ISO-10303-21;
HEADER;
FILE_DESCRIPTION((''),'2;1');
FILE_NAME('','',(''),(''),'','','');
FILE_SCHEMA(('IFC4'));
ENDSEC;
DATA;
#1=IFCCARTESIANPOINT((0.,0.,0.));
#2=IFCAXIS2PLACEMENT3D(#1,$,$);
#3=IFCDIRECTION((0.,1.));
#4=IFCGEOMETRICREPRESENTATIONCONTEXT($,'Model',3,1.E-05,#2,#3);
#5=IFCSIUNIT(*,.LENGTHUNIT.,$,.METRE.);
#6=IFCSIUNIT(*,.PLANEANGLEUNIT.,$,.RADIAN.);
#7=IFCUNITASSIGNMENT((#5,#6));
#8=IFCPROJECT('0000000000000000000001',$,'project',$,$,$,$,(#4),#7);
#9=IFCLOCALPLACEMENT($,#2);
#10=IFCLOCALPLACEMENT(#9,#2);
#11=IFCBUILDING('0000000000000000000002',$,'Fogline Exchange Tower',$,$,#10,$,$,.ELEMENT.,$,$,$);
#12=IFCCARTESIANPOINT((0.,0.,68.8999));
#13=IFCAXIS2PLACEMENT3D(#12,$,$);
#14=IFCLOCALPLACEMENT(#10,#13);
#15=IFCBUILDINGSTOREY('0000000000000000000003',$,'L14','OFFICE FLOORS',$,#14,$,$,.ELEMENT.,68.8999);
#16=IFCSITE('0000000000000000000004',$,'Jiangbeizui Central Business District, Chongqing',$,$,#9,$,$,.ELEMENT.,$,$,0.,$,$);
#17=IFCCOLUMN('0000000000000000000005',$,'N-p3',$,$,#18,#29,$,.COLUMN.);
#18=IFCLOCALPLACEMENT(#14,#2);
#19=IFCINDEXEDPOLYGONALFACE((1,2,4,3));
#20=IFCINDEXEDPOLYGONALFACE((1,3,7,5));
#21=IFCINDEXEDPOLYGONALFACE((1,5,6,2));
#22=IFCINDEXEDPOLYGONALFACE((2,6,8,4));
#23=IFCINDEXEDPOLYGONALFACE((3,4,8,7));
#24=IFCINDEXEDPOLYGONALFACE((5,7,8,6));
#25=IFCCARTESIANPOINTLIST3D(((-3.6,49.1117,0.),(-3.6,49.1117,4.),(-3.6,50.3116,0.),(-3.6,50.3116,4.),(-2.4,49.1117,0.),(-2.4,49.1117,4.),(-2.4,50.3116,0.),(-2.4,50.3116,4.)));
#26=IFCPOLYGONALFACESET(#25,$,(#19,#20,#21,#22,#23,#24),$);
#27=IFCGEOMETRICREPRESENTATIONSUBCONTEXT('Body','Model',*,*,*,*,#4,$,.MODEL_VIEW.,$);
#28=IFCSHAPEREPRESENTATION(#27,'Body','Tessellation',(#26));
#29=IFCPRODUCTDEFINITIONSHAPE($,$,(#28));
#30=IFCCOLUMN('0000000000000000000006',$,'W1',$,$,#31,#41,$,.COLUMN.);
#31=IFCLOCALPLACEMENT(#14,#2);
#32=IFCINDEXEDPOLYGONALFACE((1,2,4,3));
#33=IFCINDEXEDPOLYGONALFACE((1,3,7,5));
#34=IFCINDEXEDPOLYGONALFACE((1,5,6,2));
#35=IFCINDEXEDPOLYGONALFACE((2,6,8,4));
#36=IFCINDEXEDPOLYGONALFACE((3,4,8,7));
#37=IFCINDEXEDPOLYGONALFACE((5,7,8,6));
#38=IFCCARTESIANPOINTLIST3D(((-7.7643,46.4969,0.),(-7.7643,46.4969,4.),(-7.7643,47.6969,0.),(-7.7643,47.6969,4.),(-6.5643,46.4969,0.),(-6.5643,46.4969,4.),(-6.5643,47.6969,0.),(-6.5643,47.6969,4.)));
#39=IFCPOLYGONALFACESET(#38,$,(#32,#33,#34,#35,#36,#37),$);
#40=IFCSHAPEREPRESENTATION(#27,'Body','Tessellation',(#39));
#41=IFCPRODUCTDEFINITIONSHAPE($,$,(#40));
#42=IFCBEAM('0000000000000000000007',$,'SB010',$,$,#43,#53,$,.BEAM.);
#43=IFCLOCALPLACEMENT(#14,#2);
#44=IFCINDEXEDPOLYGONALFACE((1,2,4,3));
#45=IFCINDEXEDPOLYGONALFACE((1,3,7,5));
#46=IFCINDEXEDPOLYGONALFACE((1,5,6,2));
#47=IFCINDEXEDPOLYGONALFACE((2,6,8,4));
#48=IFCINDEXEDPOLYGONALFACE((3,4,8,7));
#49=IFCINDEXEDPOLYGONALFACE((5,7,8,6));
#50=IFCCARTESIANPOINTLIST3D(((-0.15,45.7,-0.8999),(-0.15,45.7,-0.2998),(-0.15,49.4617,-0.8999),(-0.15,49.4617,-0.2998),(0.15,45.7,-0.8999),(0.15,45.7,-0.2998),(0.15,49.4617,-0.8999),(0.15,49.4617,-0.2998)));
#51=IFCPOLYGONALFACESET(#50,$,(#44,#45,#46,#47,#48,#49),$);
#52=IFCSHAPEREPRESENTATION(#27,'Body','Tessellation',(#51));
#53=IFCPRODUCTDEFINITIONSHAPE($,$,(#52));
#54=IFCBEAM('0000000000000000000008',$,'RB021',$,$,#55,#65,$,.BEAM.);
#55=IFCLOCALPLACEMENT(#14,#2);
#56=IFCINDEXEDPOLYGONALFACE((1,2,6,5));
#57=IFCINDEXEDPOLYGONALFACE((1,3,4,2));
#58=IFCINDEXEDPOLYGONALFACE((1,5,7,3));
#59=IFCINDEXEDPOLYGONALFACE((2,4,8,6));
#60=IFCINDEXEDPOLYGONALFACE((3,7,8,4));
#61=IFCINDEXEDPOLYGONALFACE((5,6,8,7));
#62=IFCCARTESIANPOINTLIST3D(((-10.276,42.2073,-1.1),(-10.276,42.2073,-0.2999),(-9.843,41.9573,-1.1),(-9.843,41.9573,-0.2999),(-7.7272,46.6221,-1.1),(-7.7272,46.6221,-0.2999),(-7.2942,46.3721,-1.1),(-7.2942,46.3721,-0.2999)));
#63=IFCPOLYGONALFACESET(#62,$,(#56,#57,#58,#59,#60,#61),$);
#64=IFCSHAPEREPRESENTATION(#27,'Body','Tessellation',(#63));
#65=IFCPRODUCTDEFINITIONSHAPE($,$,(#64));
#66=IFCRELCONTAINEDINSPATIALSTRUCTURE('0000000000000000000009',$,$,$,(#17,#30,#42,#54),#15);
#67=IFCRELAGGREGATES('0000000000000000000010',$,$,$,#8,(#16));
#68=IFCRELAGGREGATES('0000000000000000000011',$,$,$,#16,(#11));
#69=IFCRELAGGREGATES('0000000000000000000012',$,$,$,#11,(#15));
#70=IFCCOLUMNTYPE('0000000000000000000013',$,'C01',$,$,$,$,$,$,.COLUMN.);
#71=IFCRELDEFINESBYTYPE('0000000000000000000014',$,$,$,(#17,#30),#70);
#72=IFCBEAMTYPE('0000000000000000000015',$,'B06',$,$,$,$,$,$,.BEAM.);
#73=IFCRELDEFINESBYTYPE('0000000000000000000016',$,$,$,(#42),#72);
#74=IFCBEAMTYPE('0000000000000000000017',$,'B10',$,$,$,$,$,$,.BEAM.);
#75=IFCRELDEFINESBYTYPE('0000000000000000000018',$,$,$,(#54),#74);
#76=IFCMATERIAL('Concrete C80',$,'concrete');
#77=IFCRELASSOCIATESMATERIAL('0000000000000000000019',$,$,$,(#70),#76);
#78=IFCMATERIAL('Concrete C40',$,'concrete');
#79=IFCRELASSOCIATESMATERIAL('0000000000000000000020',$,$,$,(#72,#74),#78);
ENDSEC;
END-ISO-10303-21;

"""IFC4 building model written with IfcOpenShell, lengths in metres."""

from ifc_helpers import new_model, si_unit, direction, frame, origin, origin_2d, place, context, subcontext, project, spatial, rectangle, extrude, material, material_profile, profile_set, type_object, element, save


model = new_model("IFC4")

# Units and contexts
model_context = context("Model", 3, precision=1e-05, world=origin(), true_north=direction((0.0, 1.0)))
body_context = subcontext(model_context, "Body", "Model", "MODEL_VIEW")
ifc_project = project(units=[si_unit("LENGTHUNIT", "METRE"), si_unit("PLANEANGLEUNIT", "RADIAN")], contexts=[model_context])

# Site, building, storey
site_placement = place(None, origin())
site = spatial("IfcSite", under=ifc_project, at=site_placement, Name="Jiangbeizui Central Business District, Chongqing", CompositionType="ELEMENT", RefElevation=0.0)
building_placement = place(site_placement, origin())
building = spatial("IfcBuilding", under=site, at=building_placement, Name="Fogline Exchange Tower", CompositionType="ELEMENT")
storey_placement = place(building_placement, frame((0.0, 0.0, 68.8999)))
storey = spatial("IfcBuildingStorey", under=building, at=storey_placement, Name="L14", Description="OFFICE FLOORS", CompositionType="ELEMENT", Elevation=68.8999)

# Columns
ifc_material_1 = material(Name="Concrete C80", Category="concrete")
ifc_material_profile_1 = material_profile(ifc_material_1, rectangle(XDim=1.2, YDim=1.2, at=origin_2d()), Name="RC 1200x1200")
ifc_profile_set_1 = profile_set([ifc_material_profile_1], Name="Concrete C80")
column_type = type_object("IfcColumnType", Name="C01", PredefinedType="COLUMN", material=ifc_profile_set_1)
for number, where, z_axis, x_axis, name in (
    (1, (-3.0, 49.7117, 0.0), (0.0, 0.0, 1.0), (1.0, 0.0, 0.0), "N-p3"),
    (2, (-7.1643, 47.0969, 0.0), (0.0, 0.0, 1.0), (1.0, 0.0, 0.0), "W1"),
):
    element("IfcColumn", number, at=place(storey_placement, frame(where, z_axis=z_axis, x_axis=x_axis)), inside=storey, type_object=column_type, Name=name, PredefinedType="COLUMN", context=body_context, shape_type="SweptSolid", body=[
        extrude(rectangle(XDim=1.2, YDim=1.2, at=origin_2d()), origin(), (0.0, 0.0, 1.0), 4.0),
    ])

# Beams
ifc_material_2 = material(Name="Concrete C40", Category="concrete")
ifc_material_profile_2 = material_profile(ifc_material_2, rectangle(XDim=0.3, YDim=0.6001, at=origin_2d()), Name="RC 300x600")
ifc_profile_set_2 = profile_set([ifc_material_profile_2], Name="Concrete C40")
beam_type_1 = type_object("IfcBeamType", Name="B06", PredefinedType="BEAM", material=ifc_profile_set_2)
beam_1_placement = place(storey_placement, frame((0.0, 45.7, -0.5999), z_axis=(0.0, 1.0, 0.0), x_axis=(-1.0, 0.0, 0.0)))
element("IfcBeam", 3, at=beam_1_placement, inside=storey, type_object=beam_type_1, Name="SB010", PredefinedType="BEAM", context=body_context, shape_type="SweptSolid", body=[
    extrude(rectangle(XDim=0.3, YDim=0.6001, at=origin_2d()), origin(), (0.0, 0.0, 1.0), 3.7617),
])
ifc_material_profile_3 = material_profile(ifc_material_2, rectangle(XDim=0.5, YDim=0.8, at=origin_2d()), Name="RC 500x800")
ifc_profile_set_3 = profile_set([ifc_material_profile_3], Name="Concrete C40")
beam_type_2 = type_object("IfcBeamType", Name="B10", PredefinedType="BEAM", material=ifc_profile_set_3)
beam_2_placement = place(storey_placement, frame((-7.5107, 46.4971, -0.7), z_axis=(-0.499992, -0.86603, 0.0), x_axis=(0.86603, -0.499992, 0.0)))
element("IfcBeam", 4, at=beam_2_placement, inside=storey, type_object=beam_type_2, Name="RB021", PredefinedType="BEAM", context=body_context, shape_type="SweptSolid", body=[
    extrude(rectangle(XDim=0.5, YDim=0.8, at=origin_2d()), origin(), (0.0, 0.0, 1.0), 5.0977),
])

save(model, "model.ifc")
